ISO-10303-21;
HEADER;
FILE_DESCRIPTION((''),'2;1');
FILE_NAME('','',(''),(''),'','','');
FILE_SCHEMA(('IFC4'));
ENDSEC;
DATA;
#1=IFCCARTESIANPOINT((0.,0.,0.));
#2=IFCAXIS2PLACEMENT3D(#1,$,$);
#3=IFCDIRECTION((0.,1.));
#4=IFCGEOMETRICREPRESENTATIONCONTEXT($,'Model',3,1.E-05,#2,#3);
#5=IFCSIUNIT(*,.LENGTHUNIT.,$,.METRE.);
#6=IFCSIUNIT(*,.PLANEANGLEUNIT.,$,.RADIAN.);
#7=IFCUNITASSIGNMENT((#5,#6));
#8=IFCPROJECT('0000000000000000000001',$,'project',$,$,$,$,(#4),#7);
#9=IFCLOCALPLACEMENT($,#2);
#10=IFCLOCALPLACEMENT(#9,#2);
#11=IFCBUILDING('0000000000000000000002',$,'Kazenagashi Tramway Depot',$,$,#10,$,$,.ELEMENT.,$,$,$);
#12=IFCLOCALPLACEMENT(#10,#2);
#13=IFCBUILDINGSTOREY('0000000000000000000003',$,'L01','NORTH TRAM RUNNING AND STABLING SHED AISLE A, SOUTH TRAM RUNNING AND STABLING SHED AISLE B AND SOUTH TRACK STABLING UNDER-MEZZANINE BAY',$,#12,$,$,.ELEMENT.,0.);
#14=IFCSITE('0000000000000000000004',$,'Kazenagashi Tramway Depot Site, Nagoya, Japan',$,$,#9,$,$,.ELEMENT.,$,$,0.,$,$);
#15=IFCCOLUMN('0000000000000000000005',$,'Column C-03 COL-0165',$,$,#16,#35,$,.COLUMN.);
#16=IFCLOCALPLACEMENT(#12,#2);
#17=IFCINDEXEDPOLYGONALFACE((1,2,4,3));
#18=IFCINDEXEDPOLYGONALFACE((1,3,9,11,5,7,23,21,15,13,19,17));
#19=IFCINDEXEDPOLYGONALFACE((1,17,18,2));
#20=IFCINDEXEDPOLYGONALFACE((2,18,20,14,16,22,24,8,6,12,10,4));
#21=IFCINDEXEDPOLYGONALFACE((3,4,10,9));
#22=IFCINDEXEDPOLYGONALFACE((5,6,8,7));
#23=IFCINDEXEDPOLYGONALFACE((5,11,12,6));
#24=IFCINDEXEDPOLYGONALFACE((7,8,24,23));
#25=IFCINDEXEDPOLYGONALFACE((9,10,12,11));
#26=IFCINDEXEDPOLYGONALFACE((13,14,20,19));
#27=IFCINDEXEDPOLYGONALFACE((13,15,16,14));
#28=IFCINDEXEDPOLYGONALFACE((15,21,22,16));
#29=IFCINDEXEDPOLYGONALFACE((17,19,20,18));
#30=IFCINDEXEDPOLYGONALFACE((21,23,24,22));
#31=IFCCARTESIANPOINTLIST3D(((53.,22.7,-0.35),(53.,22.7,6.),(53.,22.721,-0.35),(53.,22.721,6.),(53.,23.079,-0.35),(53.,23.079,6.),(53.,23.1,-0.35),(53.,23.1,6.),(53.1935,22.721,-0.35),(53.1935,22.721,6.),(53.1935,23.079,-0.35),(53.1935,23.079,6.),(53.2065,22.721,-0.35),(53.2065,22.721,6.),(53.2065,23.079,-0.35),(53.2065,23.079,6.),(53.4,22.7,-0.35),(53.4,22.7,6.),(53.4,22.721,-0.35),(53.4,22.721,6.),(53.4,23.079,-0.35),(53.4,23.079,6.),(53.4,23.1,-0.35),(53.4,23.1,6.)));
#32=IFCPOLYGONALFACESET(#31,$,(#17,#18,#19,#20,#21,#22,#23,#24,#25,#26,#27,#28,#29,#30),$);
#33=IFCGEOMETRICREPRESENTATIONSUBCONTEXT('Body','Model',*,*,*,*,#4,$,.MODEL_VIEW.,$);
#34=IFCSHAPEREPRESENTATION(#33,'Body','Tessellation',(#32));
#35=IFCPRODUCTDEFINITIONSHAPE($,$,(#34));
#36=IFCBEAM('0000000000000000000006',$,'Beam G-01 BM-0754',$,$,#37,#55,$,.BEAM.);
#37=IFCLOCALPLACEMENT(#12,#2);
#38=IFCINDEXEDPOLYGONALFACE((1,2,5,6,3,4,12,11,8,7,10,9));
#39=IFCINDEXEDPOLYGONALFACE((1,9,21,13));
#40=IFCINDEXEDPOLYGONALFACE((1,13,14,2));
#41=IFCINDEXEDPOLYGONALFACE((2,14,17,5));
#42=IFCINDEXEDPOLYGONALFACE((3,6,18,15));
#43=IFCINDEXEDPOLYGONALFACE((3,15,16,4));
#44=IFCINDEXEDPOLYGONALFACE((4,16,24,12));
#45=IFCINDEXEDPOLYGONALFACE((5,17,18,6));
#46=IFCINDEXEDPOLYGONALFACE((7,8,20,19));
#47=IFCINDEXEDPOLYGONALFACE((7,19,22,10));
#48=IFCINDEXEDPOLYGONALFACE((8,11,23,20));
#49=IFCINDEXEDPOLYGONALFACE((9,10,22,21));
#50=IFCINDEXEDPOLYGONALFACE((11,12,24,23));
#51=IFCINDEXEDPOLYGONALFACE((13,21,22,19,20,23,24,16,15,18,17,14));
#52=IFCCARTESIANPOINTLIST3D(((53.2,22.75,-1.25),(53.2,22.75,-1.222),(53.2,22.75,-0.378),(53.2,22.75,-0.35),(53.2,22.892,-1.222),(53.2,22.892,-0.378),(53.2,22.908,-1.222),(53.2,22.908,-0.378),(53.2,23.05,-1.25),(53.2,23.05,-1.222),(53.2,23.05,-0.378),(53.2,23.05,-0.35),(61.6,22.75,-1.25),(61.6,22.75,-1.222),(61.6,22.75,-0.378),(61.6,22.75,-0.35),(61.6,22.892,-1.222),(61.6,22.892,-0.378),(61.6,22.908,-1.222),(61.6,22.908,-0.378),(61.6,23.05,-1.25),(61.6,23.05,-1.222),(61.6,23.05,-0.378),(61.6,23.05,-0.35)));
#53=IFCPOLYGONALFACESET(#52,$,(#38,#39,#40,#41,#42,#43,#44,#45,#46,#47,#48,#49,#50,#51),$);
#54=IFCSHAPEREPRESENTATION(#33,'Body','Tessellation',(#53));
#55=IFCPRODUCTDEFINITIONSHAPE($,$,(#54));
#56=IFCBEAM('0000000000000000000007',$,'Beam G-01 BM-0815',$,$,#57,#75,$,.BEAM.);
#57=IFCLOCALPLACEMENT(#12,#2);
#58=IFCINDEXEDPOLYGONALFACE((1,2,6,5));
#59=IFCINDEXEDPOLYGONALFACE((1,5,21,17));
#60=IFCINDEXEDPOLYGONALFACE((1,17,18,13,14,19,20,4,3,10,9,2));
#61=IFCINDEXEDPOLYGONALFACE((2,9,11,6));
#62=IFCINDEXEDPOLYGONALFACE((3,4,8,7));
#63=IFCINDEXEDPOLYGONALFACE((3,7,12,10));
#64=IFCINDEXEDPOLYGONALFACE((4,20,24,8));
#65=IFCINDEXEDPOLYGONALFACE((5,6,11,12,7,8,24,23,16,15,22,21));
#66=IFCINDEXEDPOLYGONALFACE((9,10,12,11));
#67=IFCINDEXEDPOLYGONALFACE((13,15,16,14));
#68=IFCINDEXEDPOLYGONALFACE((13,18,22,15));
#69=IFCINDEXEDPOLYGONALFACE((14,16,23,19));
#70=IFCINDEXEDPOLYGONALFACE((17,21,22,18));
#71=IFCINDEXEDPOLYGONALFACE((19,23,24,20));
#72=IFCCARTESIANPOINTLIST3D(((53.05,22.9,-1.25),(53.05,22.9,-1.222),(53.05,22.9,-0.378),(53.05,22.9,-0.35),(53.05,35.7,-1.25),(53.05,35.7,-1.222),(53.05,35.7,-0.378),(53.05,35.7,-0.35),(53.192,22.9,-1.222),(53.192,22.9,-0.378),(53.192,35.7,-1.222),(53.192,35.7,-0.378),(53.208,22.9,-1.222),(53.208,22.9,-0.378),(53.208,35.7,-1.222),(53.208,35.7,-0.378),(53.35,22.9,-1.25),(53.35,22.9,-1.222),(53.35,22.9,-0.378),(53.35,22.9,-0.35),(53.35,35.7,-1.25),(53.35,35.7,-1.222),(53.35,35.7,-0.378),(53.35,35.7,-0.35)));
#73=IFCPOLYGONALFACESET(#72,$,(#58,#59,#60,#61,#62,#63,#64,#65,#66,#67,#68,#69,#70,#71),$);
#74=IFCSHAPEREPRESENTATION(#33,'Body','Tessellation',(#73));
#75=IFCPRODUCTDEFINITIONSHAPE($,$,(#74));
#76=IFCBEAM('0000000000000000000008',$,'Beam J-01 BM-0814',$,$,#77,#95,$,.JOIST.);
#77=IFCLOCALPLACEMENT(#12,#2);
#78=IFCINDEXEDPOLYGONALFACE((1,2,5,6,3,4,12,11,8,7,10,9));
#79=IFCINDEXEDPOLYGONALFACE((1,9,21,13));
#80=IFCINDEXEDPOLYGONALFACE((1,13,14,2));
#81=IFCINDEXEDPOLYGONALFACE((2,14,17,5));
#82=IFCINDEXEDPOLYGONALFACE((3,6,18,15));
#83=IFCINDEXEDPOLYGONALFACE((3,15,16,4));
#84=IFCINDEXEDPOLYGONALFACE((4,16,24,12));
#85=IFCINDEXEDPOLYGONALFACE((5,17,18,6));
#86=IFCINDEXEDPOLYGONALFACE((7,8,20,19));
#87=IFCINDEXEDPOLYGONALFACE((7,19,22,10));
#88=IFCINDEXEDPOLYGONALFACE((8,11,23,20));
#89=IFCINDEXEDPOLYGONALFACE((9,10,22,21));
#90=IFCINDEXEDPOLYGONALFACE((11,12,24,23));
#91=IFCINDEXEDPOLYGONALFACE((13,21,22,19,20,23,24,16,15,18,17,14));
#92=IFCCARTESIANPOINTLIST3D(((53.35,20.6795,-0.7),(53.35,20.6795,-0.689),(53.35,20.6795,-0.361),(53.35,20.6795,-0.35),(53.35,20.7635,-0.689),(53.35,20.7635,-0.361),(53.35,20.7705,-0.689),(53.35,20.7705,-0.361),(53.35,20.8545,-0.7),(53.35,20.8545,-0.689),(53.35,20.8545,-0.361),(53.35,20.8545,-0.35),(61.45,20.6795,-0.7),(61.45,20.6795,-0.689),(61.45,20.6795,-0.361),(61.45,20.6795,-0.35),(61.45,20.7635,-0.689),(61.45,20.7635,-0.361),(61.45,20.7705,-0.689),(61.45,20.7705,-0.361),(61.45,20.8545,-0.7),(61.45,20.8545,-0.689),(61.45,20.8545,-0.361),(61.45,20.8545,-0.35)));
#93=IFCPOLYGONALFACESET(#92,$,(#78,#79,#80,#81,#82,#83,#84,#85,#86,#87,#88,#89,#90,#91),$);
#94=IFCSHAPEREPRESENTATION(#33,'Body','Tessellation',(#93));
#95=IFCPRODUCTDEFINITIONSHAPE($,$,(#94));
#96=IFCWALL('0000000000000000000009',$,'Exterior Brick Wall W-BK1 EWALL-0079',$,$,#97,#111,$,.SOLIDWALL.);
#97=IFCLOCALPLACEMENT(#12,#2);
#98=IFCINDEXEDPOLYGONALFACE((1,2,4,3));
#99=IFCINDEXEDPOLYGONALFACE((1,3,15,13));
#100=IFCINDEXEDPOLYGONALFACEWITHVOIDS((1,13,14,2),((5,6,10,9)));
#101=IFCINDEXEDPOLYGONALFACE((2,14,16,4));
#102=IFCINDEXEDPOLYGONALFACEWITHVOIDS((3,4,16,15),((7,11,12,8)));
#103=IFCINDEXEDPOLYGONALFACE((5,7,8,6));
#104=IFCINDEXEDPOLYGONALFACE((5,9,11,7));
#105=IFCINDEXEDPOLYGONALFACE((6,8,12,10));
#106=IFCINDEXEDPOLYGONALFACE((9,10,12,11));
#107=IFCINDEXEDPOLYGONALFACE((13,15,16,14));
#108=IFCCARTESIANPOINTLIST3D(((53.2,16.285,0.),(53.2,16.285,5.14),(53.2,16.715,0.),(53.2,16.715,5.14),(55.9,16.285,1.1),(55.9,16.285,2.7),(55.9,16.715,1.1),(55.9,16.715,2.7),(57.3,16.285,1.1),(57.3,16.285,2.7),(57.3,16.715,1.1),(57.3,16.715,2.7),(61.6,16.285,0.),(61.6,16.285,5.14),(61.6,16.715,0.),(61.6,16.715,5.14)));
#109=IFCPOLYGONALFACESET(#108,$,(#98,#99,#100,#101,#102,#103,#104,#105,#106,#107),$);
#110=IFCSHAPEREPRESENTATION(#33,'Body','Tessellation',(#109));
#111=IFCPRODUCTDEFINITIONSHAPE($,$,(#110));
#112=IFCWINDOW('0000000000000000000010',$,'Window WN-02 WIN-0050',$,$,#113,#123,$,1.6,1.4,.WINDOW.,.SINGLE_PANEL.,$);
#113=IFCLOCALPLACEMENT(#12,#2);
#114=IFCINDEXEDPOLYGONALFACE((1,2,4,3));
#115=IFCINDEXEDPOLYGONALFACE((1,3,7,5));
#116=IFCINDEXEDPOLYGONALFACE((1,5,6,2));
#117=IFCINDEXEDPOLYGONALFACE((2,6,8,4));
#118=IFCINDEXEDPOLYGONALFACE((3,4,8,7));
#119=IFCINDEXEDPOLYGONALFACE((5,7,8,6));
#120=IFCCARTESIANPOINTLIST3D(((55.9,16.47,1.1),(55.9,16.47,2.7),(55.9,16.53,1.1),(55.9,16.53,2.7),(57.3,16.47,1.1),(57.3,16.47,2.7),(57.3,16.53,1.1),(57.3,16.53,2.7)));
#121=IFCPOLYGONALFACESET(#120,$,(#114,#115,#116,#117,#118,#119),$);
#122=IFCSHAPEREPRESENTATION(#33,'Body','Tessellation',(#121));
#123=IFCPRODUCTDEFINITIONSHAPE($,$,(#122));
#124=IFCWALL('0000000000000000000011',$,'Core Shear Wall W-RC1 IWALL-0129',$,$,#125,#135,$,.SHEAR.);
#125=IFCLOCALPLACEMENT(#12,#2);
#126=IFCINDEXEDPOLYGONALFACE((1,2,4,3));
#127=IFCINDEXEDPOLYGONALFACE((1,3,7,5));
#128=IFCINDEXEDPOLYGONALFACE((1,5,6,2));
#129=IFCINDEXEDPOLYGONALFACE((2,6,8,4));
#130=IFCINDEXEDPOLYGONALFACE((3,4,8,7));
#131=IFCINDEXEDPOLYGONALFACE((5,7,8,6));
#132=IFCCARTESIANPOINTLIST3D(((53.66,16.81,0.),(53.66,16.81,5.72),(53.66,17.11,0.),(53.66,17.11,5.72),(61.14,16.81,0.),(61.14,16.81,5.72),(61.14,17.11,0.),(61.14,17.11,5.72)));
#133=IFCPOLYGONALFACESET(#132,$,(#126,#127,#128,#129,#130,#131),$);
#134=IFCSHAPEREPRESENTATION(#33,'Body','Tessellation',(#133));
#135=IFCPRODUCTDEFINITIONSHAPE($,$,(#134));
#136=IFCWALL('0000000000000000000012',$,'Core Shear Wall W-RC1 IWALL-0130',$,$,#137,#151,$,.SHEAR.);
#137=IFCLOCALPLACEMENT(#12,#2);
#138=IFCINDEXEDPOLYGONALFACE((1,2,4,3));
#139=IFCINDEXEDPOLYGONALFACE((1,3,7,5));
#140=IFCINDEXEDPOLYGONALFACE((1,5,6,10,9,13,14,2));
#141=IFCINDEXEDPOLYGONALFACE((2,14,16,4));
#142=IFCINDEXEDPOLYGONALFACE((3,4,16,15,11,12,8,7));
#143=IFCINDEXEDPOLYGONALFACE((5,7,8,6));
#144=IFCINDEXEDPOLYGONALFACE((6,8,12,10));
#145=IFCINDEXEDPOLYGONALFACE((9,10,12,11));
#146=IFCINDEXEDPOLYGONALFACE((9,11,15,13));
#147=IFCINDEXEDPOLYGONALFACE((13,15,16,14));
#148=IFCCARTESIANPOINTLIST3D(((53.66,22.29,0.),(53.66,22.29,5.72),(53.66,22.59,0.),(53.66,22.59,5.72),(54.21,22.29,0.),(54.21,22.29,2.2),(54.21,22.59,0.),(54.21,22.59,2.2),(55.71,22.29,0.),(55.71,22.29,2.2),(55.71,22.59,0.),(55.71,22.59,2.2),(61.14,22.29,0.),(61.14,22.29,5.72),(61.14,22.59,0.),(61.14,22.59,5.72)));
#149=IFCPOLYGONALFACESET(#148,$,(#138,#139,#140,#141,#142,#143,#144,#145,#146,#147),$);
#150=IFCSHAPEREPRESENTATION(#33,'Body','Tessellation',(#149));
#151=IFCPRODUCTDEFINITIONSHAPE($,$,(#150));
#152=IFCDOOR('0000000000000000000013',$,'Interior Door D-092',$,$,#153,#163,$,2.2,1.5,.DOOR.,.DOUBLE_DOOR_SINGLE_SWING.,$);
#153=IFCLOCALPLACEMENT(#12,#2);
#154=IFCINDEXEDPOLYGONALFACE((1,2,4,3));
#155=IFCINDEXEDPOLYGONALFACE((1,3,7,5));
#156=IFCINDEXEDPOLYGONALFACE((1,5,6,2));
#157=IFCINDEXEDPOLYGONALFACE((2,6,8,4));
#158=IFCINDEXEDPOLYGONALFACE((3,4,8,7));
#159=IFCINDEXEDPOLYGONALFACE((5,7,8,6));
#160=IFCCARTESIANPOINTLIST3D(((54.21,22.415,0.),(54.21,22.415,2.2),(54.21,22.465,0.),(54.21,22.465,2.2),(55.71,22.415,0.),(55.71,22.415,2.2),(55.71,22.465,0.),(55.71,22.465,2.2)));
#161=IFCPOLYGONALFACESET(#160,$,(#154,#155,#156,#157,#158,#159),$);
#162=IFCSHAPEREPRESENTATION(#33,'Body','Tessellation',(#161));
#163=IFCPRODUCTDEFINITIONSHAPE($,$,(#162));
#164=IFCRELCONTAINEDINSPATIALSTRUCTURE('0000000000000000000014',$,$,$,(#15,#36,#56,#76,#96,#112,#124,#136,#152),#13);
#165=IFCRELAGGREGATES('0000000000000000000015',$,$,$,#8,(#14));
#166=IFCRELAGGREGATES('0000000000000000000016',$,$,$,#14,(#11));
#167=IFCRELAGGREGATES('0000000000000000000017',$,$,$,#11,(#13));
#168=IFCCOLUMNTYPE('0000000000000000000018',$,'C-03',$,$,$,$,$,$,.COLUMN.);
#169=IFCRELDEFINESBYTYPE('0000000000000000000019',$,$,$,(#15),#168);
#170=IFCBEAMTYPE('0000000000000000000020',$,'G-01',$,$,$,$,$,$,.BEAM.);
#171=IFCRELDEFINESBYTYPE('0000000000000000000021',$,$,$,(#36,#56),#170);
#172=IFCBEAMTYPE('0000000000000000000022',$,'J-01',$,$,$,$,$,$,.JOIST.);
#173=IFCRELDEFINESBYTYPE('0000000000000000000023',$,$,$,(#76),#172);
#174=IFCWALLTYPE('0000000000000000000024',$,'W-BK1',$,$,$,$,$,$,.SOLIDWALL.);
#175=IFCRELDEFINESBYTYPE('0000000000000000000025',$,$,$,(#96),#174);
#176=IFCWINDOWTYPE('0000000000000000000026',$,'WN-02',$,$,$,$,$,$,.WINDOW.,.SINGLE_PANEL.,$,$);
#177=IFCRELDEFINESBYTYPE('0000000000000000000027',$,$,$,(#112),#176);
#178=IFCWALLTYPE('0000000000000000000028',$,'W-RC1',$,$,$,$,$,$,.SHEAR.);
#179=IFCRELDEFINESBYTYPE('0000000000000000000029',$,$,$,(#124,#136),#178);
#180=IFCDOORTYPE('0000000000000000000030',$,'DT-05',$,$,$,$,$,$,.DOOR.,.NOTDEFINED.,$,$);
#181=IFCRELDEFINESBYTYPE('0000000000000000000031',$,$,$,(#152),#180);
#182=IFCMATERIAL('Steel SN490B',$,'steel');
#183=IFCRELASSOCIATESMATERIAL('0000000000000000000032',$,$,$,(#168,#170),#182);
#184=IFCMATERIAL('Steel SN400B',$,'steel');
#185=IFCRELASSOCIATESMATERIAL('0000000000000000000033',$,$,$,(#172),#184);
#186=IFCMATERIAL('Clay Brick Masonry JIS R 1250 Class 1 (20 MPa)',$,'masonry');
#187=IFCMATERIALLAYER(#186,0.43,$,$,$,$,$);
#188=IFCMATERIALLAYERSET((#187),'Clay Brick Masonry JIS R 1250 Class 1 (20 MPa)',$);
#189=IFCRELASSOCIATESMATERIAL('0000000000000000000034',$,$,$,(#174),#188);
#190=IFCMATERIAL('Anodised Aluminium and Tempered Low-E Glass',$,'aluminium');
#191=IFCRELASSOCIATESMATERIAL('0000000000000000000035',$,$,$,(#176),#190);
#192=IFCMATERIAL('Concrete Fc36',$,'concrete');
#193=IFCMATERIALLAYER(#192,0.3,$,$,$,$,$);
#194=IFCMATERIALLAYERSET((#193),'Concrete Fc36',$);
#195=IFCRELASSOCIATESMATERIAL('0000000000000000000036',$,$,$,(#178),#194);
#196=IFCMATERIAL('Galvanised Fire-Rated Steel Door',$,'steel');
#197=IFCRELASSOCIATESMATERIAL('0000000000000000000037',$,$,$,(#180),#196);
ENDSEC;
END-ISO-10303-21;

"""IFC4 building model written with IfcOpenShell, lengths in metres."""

from ifc_helpers import new_model, si_unit, direction, frame, frame_2d, origin, origin_2d, place, context, subcontext, project, spatial, rectangle, i_section, extrude, material, layer, layer_set, material_profile, profile_set, type_object, element, fill, save


model = new_model("IFC4")

# Units and contexts
model_context = context("Model", 3, precision=1e-05, world=origin(), true_north=direction((0.0, 1.0)))
body_context = subcontext(model_context, "Body", "Model", "MODEL_VIEW")
ifc_project = project(units=[si_unit("LENGTHUNIT", "METRE"), si_unit("PLANEANGLEUNIT", "RADIAN")], contexts=[model_context])

# Site, building, storey
site_placement = place(None, origin())
site = spatial("IfcSite", under=ifc_project, at=site_placement, Name="Kazenagashi Tramway Depot Site, Nagoya, Japan", CompositionType="ELEMENT", RefElevation=0.0)
building_placement = place(site_placement, origin())
building = spatial("IfcBuilding", under=site, at=building_placement, Name="Kazenagashi Tramway Depot", CompositionType="ELEMENT")
storey_placement = place(building_placement, origin())
storey = spatial("IfcBuildingStorey", under=building, at=storey_placement, Name="L01", Description="NORTH TRAM RUNNING AND STABLING SHED AISLE A, SOUTH TRAM RUNNING AND STABLING SHED AISLE B AND SOUTH TRACK STABLING UNDER-MEZZANINE BAY", CompositionType="ELEMENT", Elevation=0.0)

# Column
ifc_material_1 = material(Name="Steel SN490B", Category="steel")
ifc_material_profile_1 = material_profile(ifc_material_1, i_section(OverallWidth=0.4, OverallDepth=0.4, WebThickness=0.013, FlangeThickness=0.021, at=origin_2d()), Name="H-400x400x13x21")
ifc_profile_set_1 = profile_set([ifc_material_profile_1], Name="Steel SN490B")
column_type = type_object("IfcColumnType", Name="C-03", PredefinedType="COLUMN", material=ifc_profile_set_1)
column_placement = place(storey_placement, frame((53.2, 22.9, -0.35), z_axis=(0.0, 0.0, 1.0), x_axis=(1.0, 0.0, 0.0)))
element("IfcColumn", 1, at=column_placement, inside=storey, type_object=column_type, Name="Column C-03 COL-0165", PredefinedType="COLUMN", context=body_context, shape_type="SweptSolid", body=[
    extrude(i_section(OverallWidth=0.4, OverallDepth=0.4, WebThickness=0.013, FlangeThickness=0.021, at=origin_2d()), origin(), (0.0, 0.0, 1.0), 6.35),
])

# Beams
ifc_material_profile_2 = material_profile(ifc_material_1, i_section(OverallWidth=0.3, OverallDepth=0.9, WebThickness=0.016, FlangeThickness=0.028, at=origin_2d()), Name="H-900x300x16x28")
ifc_profile_set_2 = profile_set([ifc_material_profile_2], Name="Steel SN490B")
beam_type_1 = type_object("IfcBeamType", Name="G-01", PredefinedType="BEAM", material=ifc_profile_set_2)
beam_1_placement = place(storey_placement, frame((53.2, 22.9, -0.8), z_axis=(1.0, 0.0, 0.0), x_axis=(0.0, 1.0, 0.0)))
element("IfcBeam", 2, at=beam_1_placement, inside=storey, type_object=beam_type_1, Name="Beam G-01 BM-0754", PredefinedType="BEAM", context=body_context, shape_type="SweptSolid", body=[
    extrude(i_section(OverallWidth=0.3, OverallDepth=0.9, WebThickness=0.016, FlangeThickness=0.028, at=origin_2d()), origin(), (0.0, 0.0, 1.0), 8.4),
])
beam_2_placement = place(storey_placement, frame((53.2, 22.9, -0.8), z_axis=(0.0, 1.0, 0.0), x_axis=(-1.0, 0.0, 0.0)))
element("IfcBeam", 3, at=beam_2_placement, inside=storey, type_object=beam_type_1, Name="Beam G-01 BM-0815", PredefinedType="BEAM", context=body_context, shape_type="SweptSolid", body=[
    extrude(i_section(OverallWidth=0.3, OverallDepth=0.9, WebThickness=0.016, FlangeThickness=0.028, at=origin_2d()), origin(), (0.0, 0.0, 1.0), 12.8),
])
ifc_material_2 = material(Name="Steel SN400B", Category="steel")
ifc_material_profile_3 = material_profile(ifc_material_2, i_section(OverallWidth=0.175, OverallDepth=0.35, WebThickness=0.007, FlangeThickness=0.011, at=origin_2d()), Name="H-350x175x7x11")
ifc_profile_set_3 = profile_set([ifc_material_profile_3], Name="Steel SN400B")
beam_type_2 = type_object("IfcBeamType", Name="J-01", PredefinedType="JOIST", material=ifc_profile_set_3)
beam_3_placement = place(storey_placement, frame((53.35, 20.767, -0.525), z_axis=(1.0, 0.0, 0.0), x_axis=(0.0, 1.0, 0.0)))
element("IfcBeam", 4, at=beam_3_placement, inside=storey, type_object=beam_type_2, Name="Beam J-01 BM-0814", PredefinedType="JOIST", context=body_context, shape_type="SweptSolid", body=[
    extrude(i_section(OverallWidth=0.175, OverallDepth=0.35, WebThickness=0.007, FlangeThickness=0.011, at=origin_2d()), origin(), (0.0, 0.0, 1.0), 8.1),
])

# Wall, opening, window
ifc_material_3 = material(Name="Clay Brick Masonry JIS R 1250 Class 1 (20 MPa)", Category="masonry")
ifc_layer_1 = layer(ifc_material_3, 0.43)
ifc_layer_set_1 = layer_set([ifc_layer_1], Name="Clay Brick Masonry JIS R 1250 Class 1 (20 MPa)")
wall_type_1 = type_object("IfcWallType", Name="W-BK1", PredefinedType="SOLIDWALL", material=ifc_layer_set_1)
wall_1_placement = place(storey_placement, frame((53.2, 16.5, 0.0), z_axis=(0.0, 0.0, 1.0), x_axis=(1.0, 0.0, 0.0)))
wall_1 = element("IfcWall", 5, at=wall_1_placement, inside=storey, type_object=wall_type_1, Name="Exterior Brick Wall W-BK1 EWALL-0079", PredefinedType="SOLIDWALL", context=body_context, shape_type="SweptSolid", body=[
    extrude(rectangle(XDim=8.4, YDim=0.43, at=frame_2d((4.2, 0.0))), origin(), (0.0, 0.0, 1.0), 5.14),
])
opening_1_placement = place(wall_1_placement, frame((2.7, 0.0, 1.1)))
opening_1 = element("IfcOpeningElement", 6, at=opening_1_placement, cuts=wall_1, PredefinedType="OPENING", context=body_context, shape_type="SweptSolid", body=[
    extrude(rectangle(XDim=1.4, YDim=1.6, at=frame_2d((0.7, 0.8))), frame((0.0, 0.225, 0.0), z_axis=(0.0, -1.0, 0.0), x_axis=(1.0, 0.0, 0.0)), (0.0, 0.0, 1.0), 0.45),
])
ifc_material_4 = material(Name="Anodised Aluminium and Tempered Low-E Glass", Category="aluminium")
window_type = type_object("IfcWindowType", Name="WN-02", PartitioningType="SINGLE_PANEL", PredefinedType="WINDOW", material=ifc_material_4)
window_placement = place(opening_1_placement, origin())
window = element("IfcWindow", 7, at=window_placement, inside=storey, type_object=window_type, Name="Window WN-02 WIN-0050", OverallHeight=1.6, OverallWidth=1.4, PartitioningType="SINGLE_PANEL", PredefinedType="WINDOW", context=body_context, shape_type="SweptSolid", body=[
    extrude(rectangle(XDim=1.4, YDim=1.6, at=frame_2d((0.7, 0.8))), frame((0.0, 0.03, 0.0), z_axis=(0.0, -1.0, 0.0), x_axis=(1.0, 0.0, 0.0)), (0.0, 0.0, 1.0), 0.06),
])
fill(opening_1, window)

# Wall
ifc_material_5 = material(Name="Concrete Fc36", Category="concrete")
ifc_layer_2 = layer(ifc_material_5, 0.3)
ifc_layer_set_2 = layer_set([ifc_layer_2], Name="Concrete Fc36")
wall_type_2 = type_object("IfcWallType", Name="W-RC1", PredefinedType="SHEAR", material=ifc_layer_set_2)
wall_2_placement = place(storey_placement, frame((53.66, 16.96, 0.0), z_axis=(0.0, 0.0, 1.0), x_axis=(1.0, 0.0, 0.0)))
element("IfcWall", 8, at=wall_2_placement, inside=storey, type_object=wall_type_2, Name="Core Shear Wall W-RC1 IWALL-0129", PredefinedType="SHEAR", context=body_context, shape_type="SweptSolid", body=[
    extrude(rectangle(XDim=7.48, YDim=0.3, at=frame_2d((3.74, 0.0))), origin(), (0.0, 0.0, 1.0), 5.72),
])

# Wall, opening, door
wall_3_placement = place(storey_placement, frame((53.66, 22.44, 0.0), z_axis=(0.0, 0.0, 1.0), x_axis=(1.0, 0.0, 0.0)))
wall_3 = element("IfcWall", 9, at=wall_3_placement, inside=storey, type_object=wall_type_2, Name="Core Shear Wall W-RC1 IWALL-0130", PredefinedType="SHEAR", context=body_context, shape_type="SweptSolid", body=[
    extrude(rectangle(XDim=7.48, YDim=0.3, at=frame_2d((3.74, 0.0))), origin(), (0.0, 0.0, 1.0), 5.72),
])
opening_2_placement = place(wall_3_placement, frame((0.55, 0.0, 0.0)))
opening_2 = element("IfcOpeningElement", 10, at=opening_2_placement, cuts=wall_3, PredefinedType="OPENING", context=body_context, shape_type="SweptSolid", body=[
    extrude(rectangle(XDim=1.5, YDim=2.2, at=frame_2d((0.75, 1.1))), frame((0.0, 0.16, 0.0), z_axis=(0.0, -1.0, 0.0), x_axis=(1.0, 0.0, 0.0)), (0.0, 0.0, 1.0), 0.32),
])
ifc_material_6 = material(Name="Galvanised Fire-Rated Steel Door", Category="steel")
door_type_1 = type_object("IfcDoorType", Name="DT-05", OperationType="NOTDEFINED", PredefinedType="DOOR", material=ifc_material_6)
door_1_placement = place(opening_2_placement, origin())
door_1 = element("IfcDoor", 11, at=door_1_placement, inside=storey, type_object=door_type_1, Name="Interior Door D-092", OperationType="DOUBLE_DOOR_SINGLE_SWING", OverallHeight=2.2, OverallWidth=1.5, PredefinedType="DOOR", context=body_context, shape_type="SweptSolid", body=[
    extrude(rectangle(XDim=1.5, YDim=2.2, at=frame_2d((0.75, 1.1))), frame((0.0, 0.025, 0.0), z_axis=(0.0, -1.0, 0.0), x_axis=(1.0, 0.0, 0.0)), (0.0, 0.0, 1.0), 0.05),
])
fill(opening_2, door_1)

save(model, "model.ifc")
